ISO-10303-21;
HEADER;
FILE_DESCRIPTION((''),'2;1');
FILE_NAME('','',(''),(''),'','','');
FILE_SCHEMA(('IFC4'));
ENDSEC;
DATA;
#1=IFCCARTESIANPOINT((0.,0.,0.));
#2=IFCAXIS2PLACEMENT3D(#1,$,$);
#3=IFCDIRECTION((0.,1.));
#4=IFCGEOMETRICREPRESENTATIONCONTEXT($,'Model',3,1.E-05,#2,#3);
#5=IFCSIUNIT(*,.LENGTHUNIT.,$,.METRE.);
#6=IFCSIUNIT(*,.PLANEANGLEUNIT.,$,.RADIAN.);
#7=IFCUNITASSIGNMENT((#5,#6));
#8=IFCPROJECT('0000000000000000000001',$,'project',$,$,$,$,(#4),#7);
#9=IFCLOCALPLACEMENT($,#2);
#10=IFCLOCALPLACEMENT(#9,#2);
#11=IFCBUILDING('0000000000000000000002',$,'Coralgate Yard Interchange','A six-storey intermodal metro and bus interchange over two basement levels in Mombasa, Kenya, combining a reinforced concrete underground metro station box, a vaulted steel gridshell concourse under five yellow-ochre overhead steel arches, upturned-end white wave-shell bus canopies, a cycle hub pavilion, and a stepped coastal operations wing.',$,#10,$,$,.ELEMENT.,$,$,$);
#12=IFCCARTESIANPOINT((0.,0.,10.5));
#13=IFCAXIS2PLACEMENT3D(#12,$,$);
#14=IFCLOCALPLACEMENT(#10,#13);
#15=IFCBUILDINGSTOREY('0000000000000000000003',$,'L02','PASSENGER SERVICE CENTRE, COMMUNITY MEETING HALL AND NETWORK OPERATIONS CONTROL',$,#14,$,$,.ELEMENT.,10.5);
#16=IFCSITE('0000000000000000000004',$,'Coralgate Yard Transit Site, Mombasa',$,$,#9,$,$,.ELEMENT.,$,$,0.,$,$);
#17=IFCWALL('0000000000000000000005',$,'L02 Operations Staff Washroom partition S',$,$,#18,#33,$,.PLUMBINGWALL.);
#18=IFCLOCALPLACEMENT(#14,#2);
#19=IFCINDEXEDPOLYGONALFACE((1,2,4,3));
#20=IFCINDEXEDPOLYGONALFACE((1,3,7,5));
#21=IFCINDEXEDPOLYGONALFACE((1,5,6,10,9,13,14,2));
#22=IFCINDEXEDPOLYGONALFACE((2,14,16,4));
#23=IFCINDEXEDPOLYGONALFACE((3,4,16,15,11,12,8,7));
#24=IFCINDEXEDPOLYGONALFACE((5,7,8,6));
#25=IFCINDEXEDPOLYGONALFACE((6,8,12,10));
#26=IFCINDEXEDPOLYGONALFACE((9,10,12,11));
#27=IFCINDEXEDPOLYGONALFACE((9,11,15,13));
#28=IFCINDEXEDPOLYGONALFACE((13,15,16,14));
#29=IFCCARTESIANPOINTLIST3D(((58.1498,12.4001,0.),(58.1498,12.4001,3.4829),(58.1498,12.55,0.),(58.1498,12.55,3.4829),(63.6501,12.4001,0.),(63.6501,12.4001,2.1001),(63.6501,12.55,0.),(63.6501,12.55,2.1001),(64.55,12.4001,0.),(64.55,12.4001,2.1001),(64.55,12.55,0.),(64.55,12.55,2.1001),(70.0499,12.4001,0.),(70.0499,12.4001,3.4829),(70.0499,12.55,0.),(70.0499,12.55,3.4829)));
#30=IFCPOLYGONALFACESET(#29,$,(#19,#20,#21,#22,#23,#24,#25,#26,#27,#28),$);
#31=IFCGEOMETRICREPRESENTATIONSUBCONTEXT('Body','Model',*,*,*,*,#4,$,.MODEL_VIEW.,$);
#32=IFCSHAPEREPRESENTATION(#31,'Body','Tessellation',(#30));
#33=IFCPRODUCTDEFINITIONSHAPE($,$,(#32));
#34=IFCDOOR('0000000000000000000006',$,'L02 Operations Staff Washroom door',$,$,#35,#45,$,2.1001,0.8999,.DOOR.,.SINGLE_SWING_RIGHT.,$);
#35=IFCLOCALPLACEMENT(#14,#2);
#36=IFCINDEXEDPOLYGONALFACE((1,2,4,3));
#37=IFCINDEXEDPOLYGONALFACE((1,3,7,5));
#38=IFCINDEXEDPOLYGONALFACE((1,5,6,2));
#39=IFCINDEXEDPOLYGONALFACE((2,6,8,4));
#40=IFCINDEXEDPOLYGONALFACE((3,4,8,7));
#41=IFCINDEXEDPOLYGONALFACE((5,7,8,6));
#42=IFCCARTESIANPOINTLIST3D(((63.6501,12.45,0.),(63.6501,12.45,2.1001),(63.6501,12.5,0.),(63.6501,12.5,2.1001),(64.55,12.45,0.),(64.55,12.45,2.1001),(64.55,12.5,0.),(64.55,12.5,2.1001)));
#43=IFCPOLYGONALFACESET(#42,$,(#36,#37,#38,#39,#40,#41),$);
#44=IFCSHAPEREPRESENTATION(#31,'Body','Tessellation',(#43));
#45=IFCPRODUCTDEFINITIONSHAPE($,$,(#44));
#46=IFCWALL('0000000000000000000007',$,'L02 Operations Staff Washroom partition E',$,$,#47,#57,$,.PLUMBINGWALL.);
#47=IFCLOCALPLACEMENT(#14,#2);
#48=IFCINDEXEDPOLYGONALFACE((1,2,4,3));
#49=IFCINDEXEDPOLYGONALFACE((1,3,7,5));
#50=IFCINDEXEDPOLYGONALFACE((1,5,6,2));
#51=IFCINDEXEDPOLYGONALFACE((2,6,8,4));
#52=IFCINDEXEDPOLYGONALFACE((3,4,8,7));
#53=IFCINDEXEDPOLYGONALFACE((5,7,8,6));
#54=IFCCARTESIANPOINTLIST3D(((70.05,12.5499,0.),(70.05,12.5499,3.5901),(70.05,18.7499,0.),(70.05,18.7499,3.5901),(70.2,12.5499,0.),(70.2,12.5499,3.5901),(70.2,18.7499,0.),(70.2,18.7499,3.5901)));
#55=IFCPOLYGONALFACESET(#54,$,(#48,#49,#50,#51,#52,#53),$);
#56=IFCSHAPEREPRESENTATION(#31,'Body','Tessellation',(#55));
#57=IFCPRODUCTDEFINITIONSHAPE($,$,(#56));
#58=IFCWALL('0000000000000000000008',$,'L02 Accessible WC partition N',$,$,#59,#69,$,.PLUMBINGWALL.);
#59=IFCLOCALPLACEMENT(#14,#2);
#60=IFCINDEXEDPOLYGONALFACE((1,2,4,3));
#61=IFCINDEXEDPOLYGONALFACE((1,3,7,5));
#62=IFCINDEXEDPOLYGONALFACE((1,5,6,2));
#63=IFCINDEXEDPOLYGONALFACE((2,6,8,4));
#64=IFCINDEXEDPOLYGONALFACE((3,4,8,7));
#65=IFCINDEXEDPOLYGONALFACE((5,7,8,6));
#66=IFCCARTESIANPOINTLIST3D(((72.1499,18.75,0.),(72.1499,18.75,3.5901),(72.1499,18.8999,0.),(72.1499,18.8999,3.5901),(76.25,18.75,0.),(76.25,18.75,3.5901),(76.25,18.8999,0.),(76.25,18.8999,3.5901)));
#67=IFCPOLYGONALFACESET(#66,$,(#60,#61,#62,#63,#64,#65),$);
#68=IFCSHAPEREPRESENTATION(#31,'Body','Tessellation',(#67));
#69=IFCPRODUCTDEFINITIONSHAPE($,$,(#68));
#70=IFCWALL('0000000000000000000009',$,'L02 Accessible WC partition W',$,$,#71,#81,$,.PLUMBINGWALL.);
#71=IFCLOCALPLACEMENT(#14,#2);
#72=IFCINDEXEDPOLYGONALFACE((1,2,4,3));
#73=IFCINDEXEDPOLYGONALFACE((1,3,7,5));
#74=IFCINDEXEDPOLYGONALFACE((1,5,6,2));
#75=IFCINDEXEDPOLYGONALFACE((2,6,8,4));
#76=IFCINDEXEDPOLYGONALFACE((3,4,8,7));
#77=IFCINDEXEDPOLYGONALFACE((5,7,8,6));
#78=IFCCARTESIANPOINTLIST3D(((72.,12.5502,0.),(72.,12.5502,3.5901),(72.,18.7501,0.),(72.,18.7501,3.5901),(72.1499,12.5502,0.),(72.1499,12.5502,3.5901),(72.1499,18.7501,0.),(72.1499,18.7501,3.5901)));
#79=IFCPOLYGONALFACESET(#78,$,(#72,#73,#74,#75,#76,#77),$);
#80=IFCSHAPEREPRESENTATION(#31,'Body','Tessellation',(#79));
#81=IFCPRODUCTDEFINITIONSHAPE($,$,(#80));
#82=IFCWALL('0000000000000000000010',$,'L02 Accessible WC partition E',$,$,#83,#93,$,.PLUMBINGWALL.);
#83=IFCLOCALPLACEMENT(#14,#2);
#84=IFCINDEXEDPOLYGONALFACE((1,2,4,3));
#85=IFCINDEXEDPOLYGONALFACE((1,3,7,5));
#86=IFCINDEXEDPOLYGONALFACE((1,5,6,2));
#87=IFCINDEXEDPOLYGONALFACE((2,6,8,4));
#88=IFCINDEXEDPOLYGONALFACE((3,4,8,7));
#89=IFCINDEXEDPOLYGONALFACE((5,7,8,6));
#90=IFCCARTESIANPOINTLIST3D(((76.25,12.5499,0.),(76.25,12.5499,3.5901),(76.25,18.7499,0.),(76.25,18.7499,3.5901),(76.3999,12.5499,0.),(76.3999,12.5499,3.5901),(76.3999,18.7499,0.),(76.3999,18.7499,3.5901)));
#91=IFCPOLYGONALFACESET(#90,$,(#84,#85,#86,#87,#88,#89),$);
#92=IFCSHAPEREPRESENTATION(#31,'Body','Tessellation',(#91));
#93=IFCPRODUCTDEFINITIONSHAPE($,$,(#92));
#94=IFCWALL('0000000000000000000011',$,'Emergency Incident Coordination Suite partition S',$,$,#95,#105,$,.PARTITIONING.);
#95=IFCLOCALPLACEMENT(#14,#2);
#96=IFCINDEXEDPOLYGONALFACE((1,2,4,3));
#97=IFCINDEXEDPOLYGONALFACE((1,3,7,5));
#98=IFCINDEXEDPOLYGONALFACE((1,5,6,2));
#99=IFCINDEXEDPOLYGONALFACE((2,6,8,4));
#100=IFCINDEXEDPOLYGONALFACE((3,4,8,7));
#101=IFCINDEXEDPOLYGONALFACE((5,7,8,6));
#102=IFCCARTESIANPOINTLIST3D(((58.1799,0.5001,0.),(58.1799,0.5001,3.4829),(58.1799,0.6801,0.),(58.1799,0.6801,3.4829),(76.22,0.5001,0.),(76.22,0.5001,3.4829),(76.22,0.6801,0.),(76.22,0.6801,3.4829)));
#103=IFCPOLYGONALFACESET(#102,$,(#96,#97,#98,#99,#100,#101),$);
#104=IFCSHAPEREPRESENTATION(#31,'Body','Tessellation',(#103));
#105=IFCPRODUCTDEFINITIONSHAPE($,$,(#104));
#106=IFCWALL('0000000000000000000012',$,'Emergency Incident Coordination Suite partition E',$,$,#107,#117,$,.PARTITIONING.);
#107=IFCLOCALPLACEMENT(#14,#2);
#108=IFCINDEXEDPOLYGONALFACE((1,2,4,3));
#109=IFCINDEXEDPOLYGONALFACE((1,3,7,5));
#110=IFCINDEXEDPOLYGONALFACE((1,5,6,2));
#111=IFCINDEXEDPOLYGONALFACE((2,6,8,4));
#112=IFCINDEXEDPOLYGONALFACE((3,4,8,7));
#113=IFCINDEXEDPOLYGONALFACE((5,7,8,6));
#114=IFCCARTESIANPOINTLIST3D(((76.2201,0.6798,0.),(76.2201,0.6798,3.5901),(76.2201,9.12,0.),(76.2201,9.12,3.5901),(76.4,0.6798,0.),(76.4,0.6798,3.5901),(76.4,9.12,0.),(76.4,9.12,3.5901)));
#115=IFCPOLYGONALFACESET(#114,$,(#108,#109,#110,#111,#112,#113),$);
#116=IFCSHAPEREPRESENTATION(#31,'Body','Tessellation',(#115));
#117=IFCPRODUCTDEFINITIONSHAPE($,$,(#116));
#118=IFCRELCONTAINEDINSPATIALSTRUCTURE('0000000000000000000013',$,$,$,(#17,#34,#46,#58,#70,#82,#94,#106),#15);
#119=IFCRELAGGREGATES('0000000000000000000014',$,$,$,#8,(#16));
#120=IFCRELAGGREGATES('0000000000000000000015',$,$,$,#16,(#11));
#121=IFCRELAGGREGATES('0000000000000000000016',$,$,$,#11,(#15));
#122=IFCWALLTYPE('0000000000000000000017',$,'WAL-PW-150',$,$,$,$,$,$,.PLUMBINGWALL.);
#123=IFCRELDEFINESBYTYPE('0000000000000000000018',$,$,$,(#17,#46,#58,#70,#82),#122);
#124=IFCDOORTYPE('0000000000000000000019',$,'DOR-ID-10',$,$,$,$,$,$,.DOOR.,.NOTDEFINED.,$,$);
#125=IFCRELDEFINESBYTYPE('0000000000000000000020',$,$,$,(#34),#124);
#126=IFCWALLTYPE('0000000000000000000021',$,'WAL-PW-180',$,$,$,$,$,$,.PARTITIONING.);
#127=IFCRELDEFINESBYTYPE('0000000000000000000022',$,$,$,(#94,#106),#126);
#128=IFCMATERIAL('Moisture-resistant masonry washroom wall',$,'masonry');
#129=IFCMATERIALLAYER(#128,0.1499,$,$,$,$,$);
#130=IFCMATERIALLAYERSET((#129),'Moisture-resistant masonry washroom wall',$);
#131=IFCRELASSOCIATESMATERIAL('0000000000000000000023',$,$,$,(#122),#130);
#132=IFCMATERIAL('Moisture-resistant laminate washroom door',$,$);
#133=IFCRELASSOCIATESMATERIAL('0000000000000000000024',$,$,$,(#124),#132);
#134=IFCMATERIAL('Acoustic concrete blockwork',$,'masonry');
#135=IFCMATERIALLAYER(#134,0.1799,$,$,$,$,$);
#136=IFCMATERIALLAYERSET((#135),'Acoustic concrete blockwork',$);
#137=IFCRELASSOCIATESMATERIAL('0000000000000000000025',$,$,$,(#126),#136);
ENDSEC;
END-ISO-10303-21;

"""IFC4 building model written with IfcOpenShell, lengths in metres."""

from ifc_helpers import new_model, si_unit, direction, frame, frame_2d, origin, place, context, subcontext, project, spatial, rectangle, extrude, material, layer, layer_set, type_object, element, fill, save


model = new_model("IFC4")

# Units and contexts
model_context = context("Model", 3, precision=1e-05, world=origin(), true_north=direction((0.0, 1.0)))
body_context = subcontext(model_context, "Body", "Model", "MODEL_VIEW")
ifc_project = project(units=[si_unit("LENGTHUNIT", "METRE"), si_unit("PLANEANGLEUNIT", "RADIAN")], contexts=[model_context])

# Site, building, storey
site_placement = place(None, origin())
site = spatial("IfcSite", under=ifc_project, at=site_placement, Name="Coralgate Yard Transit Site, Mombasa", CompositionType="ELEMENT", RefElevation=0.0)
building_placement = place(site_placement, origin())
building = spatial("IfcBuilding", under=site, at=building_placement, Name="Coralgate Yard Interchange", Description="A six-storey intermodal metro and bus interchange over two basement levels in Mombasa, Kenya, combining a reinforced concrete underground metro station box, a vaulted steel gridshell concourse under five yellow-ochre overhead steel arches, upturned-end white wave-shell bus canopies, a cycle hub pavilion, and a stepped coastal operations wing.", CompositionType="ELEMENT")
storey_placement = place(building_placement, frame((0.0, 0.0, 10.5)))
storey = spatial("IfcBuildingStorey", under=building, at=storey_placement, Name="L02", Description="PASSENGER SERVICE CENTRE, COMMUNITY MEETING HALL AND NETWORK OPERATIONS CONTROL", CompositionType="ELEMENT", Elevation=10.5)

# Wall, opening, door
ifc_material_1 = material(Name="Moisture-resistant masonry washroom wall", Category="masonry")
ifc_layer_1 = layer(ifc_material_1, 0.1499)
ifc_layer_set_1 = layer_set([ifc_layer_1], Name="Moisture-resistant masonry washroom wall")
wall_type_1 = type_object("IfcWallType", Name="WAL-PW-150", PredefinedType="PLUMBINGWALL", material=ifc_layer_set_1)
wall_1_placement = place(storey_placement, frame((70.05, 12.4751, 0.0), z_axis=(0.0, 0.0, 1.0), x_axis=(-1.0, 0.0, 0.0)))
wall_1 = element("IfcWall", 1, at=wall_1_placement, inside=storey, type_object=wall_type_1, Name="L02 Operations Staff Washroom partition S", PredefinedType="PLUMBINGWALL", context=body_context, shape_type="SweptSolid", body=[
    extrude(rectangle(XDim=11.9001, YDim=0.1499, at=frame_2d((5.9502, 0.0))), origin(), (0.0, 0.0, 1.0), 3.4829),
])
opening_1_placement = place(wall_1_placement, frame((5.5, 0.0, 0.0)))
opening_1 = element("IfcOpeningElement", 2, at=opening_1_placement, cuts=wall_1, PredefinedType="OPENING", context=body_context, shape_type="SweptSolid", body=[
    extrude(rectangle(XDim=0.8999, YDim=2.1001, at=frame_2d((0.45, 1.05))), frame((0.0, 0.085, 0.0), z_axis=(0.0, -1.0, 0.0), x_axis=(1.0, 0.0, 0.0)), (0.0, 0.0, 1.0), 0.1699),
])
ifc_material_2 = material(Name="Moisture-resistant laminate washroom door")
door_type_1 = type_object("IfcDoorType", Name="DOR-ID-10", OperationType="NOTDEFINED", PredefinedType="DOOR", material=ifc_material_2)
door_1_placement = place(opening_1_placement, frame((0.8999, 0.0, 0.0), z_axis=(0.0, 0.0, 1.0), x_axis=(-1.0, 0.0, 0.0)))
door_1 = element("IfcDoor", 3, at=door_1_placement, inside=storey, type_object=door_type_1, Name="L02 Operations Staff Washroom door", OperationType="SINGLE_SWING_RIGHT", OverallHeight=2.1001, OverallWidth=0.8999, PredefinedType="DOOR", context=body_context, shape_type="SweptSolid", body=[
    extrude(rectangle(XDim=0.8999, YDim=2.1001, at=frame_2d((0.45, 1.05))), frame((0.0, 0.0249, 0.0), z_axis=(0.0, -1.0, 0.0), x_axis=(1.0, 0.0, 0.0)), (0.0, 0.0, 1.0), 0.05),
])
fill(opening_1, door_1)

# Wall
wall_2_placement = place(storey_placement, frame((70.125, 18.75, 0.0), z_axis=(0.0, 0.0, 1.0), x_axis=(0.0, -1.0, 0.0)))
element("IfcWall", 4, at=wall_2_placement, inside=storey, type_object=wall_type_1, Name="L02 Operations Staff Washroom partition E", PredefinedType="PLUMBINGWALL", context=body_context, shape_type="SweptSolid", body=[
    extrude(rectangle(XDim=6.2, YDim=0.1499, at=frame_2d((3.1001, 0.0))), origin(), (0.0, 0.0, 1.0), 3.5901),
])

# Walls
wall_3_placement = place(storey_placement, frame((72.1499, 18.825, 0.0), z_axis=(0.0, 0.0, 1.0), x_axis=(1.0, 0.0, 0.0)))
element("IfcWall", 5, at=wall_3_placement, inside=storey, type_object=wall_type_1, Name="L02 Accessible WC partition N", PredefinedType="PLUMBINGWALL", context=body_context, shape_type="SweptSolid", body=[
    extrude(rectangle(XDim=4.1001, YDim=0.1499, at=frame_2d((2.05, 0.0))), origin(), (0.0, 0.0, 1.0), 3.5901),
])
for number, where, z_axis, x_axis, name in (
    (6, (72.075, 12.55, 0.0), (0.0, 0.0, 1.0), (0.0, 1.0, 0.0), "L02 Accessible WC partition W"),
    (7, (76.325, 18.75, 0.0), (0.0, 0.0, 1.0), (0.0, -1.0, 0.0), "L02 Accessible WC partition E"),
):
    element("IfcWall", number, at=place(storey_placement, frame(where, z_axis=z_axis, x_axis=x_axis)), inside=storey, type_object=wall_type_1, Name=name, PredefinedType="PLUMBINGWALL", context=body_context, shape_type="SweptSolid", body=[
        extrude(rectangle(XDim=6.2, YDim=0.1499, at=frame_2d((3.1001, 0.0))), origin(), (0.0, 0.0, 1.0), 3.5901),
    ])
ifc_material_3 = material(Name="Acoustic concrete blockwork", Category="masonry")
ifc_layer_2 = layer(ifc_material_3, 0.1799)
ifc_layer_set_2 = layer_set([ifc_layer_2], Name="Acoustic concrete blockwork")
wall_type_2 = type_object("IfcWallType", Name="WAL-PW-180", PredefinedType="PARTITIONING", material=ifc_layer_set_2)
wall_4_placement = place(storey_placement, frame((76.22, 0.5901, 0.0), z_axis=(0.0, 0.0, 1.0), x_axis=(-1.0, 0.0, 0.0)))
element("IfcWall", 8, at=wall_4_placement, inside=storey, type_object=wall_type_2, Name="Emergency Incident Coordination Suite partition S", PredefinedType="PARTITIONING", context=body_context, shape_type="SweptSolid", body=[
    extrude(rectangle(XDim=18.04, YDim=0.1799, at=frame_2d((9.02, 0.0))), origin(), (0.0, 0.0, 1.0), 3.4829),
])
wall_5_placement = place(storey_placement, frame((76.3101, 9.1201, 0.0), z_axis=(0.0, 0.0, 1.0), x_axis=(0.0, -1.0, 0.0)))
element("IfcWall", 9, at=wall_5_placement, inside=storey, type_object=wall_type_2, Name="Emergency Incident Coordination Suite partition E", PredefinedType="PARTITIONING", context=body_context, shape_type="SweptSolid", body=[
    extrude(rectangle(XDim=8.4402, YDim=0.1799, at=frame_2d((4.2202, 0.0))), origin(), (0.0, 0.0, 1.0), 3.5901),
])

save(model, "model.ifc")
